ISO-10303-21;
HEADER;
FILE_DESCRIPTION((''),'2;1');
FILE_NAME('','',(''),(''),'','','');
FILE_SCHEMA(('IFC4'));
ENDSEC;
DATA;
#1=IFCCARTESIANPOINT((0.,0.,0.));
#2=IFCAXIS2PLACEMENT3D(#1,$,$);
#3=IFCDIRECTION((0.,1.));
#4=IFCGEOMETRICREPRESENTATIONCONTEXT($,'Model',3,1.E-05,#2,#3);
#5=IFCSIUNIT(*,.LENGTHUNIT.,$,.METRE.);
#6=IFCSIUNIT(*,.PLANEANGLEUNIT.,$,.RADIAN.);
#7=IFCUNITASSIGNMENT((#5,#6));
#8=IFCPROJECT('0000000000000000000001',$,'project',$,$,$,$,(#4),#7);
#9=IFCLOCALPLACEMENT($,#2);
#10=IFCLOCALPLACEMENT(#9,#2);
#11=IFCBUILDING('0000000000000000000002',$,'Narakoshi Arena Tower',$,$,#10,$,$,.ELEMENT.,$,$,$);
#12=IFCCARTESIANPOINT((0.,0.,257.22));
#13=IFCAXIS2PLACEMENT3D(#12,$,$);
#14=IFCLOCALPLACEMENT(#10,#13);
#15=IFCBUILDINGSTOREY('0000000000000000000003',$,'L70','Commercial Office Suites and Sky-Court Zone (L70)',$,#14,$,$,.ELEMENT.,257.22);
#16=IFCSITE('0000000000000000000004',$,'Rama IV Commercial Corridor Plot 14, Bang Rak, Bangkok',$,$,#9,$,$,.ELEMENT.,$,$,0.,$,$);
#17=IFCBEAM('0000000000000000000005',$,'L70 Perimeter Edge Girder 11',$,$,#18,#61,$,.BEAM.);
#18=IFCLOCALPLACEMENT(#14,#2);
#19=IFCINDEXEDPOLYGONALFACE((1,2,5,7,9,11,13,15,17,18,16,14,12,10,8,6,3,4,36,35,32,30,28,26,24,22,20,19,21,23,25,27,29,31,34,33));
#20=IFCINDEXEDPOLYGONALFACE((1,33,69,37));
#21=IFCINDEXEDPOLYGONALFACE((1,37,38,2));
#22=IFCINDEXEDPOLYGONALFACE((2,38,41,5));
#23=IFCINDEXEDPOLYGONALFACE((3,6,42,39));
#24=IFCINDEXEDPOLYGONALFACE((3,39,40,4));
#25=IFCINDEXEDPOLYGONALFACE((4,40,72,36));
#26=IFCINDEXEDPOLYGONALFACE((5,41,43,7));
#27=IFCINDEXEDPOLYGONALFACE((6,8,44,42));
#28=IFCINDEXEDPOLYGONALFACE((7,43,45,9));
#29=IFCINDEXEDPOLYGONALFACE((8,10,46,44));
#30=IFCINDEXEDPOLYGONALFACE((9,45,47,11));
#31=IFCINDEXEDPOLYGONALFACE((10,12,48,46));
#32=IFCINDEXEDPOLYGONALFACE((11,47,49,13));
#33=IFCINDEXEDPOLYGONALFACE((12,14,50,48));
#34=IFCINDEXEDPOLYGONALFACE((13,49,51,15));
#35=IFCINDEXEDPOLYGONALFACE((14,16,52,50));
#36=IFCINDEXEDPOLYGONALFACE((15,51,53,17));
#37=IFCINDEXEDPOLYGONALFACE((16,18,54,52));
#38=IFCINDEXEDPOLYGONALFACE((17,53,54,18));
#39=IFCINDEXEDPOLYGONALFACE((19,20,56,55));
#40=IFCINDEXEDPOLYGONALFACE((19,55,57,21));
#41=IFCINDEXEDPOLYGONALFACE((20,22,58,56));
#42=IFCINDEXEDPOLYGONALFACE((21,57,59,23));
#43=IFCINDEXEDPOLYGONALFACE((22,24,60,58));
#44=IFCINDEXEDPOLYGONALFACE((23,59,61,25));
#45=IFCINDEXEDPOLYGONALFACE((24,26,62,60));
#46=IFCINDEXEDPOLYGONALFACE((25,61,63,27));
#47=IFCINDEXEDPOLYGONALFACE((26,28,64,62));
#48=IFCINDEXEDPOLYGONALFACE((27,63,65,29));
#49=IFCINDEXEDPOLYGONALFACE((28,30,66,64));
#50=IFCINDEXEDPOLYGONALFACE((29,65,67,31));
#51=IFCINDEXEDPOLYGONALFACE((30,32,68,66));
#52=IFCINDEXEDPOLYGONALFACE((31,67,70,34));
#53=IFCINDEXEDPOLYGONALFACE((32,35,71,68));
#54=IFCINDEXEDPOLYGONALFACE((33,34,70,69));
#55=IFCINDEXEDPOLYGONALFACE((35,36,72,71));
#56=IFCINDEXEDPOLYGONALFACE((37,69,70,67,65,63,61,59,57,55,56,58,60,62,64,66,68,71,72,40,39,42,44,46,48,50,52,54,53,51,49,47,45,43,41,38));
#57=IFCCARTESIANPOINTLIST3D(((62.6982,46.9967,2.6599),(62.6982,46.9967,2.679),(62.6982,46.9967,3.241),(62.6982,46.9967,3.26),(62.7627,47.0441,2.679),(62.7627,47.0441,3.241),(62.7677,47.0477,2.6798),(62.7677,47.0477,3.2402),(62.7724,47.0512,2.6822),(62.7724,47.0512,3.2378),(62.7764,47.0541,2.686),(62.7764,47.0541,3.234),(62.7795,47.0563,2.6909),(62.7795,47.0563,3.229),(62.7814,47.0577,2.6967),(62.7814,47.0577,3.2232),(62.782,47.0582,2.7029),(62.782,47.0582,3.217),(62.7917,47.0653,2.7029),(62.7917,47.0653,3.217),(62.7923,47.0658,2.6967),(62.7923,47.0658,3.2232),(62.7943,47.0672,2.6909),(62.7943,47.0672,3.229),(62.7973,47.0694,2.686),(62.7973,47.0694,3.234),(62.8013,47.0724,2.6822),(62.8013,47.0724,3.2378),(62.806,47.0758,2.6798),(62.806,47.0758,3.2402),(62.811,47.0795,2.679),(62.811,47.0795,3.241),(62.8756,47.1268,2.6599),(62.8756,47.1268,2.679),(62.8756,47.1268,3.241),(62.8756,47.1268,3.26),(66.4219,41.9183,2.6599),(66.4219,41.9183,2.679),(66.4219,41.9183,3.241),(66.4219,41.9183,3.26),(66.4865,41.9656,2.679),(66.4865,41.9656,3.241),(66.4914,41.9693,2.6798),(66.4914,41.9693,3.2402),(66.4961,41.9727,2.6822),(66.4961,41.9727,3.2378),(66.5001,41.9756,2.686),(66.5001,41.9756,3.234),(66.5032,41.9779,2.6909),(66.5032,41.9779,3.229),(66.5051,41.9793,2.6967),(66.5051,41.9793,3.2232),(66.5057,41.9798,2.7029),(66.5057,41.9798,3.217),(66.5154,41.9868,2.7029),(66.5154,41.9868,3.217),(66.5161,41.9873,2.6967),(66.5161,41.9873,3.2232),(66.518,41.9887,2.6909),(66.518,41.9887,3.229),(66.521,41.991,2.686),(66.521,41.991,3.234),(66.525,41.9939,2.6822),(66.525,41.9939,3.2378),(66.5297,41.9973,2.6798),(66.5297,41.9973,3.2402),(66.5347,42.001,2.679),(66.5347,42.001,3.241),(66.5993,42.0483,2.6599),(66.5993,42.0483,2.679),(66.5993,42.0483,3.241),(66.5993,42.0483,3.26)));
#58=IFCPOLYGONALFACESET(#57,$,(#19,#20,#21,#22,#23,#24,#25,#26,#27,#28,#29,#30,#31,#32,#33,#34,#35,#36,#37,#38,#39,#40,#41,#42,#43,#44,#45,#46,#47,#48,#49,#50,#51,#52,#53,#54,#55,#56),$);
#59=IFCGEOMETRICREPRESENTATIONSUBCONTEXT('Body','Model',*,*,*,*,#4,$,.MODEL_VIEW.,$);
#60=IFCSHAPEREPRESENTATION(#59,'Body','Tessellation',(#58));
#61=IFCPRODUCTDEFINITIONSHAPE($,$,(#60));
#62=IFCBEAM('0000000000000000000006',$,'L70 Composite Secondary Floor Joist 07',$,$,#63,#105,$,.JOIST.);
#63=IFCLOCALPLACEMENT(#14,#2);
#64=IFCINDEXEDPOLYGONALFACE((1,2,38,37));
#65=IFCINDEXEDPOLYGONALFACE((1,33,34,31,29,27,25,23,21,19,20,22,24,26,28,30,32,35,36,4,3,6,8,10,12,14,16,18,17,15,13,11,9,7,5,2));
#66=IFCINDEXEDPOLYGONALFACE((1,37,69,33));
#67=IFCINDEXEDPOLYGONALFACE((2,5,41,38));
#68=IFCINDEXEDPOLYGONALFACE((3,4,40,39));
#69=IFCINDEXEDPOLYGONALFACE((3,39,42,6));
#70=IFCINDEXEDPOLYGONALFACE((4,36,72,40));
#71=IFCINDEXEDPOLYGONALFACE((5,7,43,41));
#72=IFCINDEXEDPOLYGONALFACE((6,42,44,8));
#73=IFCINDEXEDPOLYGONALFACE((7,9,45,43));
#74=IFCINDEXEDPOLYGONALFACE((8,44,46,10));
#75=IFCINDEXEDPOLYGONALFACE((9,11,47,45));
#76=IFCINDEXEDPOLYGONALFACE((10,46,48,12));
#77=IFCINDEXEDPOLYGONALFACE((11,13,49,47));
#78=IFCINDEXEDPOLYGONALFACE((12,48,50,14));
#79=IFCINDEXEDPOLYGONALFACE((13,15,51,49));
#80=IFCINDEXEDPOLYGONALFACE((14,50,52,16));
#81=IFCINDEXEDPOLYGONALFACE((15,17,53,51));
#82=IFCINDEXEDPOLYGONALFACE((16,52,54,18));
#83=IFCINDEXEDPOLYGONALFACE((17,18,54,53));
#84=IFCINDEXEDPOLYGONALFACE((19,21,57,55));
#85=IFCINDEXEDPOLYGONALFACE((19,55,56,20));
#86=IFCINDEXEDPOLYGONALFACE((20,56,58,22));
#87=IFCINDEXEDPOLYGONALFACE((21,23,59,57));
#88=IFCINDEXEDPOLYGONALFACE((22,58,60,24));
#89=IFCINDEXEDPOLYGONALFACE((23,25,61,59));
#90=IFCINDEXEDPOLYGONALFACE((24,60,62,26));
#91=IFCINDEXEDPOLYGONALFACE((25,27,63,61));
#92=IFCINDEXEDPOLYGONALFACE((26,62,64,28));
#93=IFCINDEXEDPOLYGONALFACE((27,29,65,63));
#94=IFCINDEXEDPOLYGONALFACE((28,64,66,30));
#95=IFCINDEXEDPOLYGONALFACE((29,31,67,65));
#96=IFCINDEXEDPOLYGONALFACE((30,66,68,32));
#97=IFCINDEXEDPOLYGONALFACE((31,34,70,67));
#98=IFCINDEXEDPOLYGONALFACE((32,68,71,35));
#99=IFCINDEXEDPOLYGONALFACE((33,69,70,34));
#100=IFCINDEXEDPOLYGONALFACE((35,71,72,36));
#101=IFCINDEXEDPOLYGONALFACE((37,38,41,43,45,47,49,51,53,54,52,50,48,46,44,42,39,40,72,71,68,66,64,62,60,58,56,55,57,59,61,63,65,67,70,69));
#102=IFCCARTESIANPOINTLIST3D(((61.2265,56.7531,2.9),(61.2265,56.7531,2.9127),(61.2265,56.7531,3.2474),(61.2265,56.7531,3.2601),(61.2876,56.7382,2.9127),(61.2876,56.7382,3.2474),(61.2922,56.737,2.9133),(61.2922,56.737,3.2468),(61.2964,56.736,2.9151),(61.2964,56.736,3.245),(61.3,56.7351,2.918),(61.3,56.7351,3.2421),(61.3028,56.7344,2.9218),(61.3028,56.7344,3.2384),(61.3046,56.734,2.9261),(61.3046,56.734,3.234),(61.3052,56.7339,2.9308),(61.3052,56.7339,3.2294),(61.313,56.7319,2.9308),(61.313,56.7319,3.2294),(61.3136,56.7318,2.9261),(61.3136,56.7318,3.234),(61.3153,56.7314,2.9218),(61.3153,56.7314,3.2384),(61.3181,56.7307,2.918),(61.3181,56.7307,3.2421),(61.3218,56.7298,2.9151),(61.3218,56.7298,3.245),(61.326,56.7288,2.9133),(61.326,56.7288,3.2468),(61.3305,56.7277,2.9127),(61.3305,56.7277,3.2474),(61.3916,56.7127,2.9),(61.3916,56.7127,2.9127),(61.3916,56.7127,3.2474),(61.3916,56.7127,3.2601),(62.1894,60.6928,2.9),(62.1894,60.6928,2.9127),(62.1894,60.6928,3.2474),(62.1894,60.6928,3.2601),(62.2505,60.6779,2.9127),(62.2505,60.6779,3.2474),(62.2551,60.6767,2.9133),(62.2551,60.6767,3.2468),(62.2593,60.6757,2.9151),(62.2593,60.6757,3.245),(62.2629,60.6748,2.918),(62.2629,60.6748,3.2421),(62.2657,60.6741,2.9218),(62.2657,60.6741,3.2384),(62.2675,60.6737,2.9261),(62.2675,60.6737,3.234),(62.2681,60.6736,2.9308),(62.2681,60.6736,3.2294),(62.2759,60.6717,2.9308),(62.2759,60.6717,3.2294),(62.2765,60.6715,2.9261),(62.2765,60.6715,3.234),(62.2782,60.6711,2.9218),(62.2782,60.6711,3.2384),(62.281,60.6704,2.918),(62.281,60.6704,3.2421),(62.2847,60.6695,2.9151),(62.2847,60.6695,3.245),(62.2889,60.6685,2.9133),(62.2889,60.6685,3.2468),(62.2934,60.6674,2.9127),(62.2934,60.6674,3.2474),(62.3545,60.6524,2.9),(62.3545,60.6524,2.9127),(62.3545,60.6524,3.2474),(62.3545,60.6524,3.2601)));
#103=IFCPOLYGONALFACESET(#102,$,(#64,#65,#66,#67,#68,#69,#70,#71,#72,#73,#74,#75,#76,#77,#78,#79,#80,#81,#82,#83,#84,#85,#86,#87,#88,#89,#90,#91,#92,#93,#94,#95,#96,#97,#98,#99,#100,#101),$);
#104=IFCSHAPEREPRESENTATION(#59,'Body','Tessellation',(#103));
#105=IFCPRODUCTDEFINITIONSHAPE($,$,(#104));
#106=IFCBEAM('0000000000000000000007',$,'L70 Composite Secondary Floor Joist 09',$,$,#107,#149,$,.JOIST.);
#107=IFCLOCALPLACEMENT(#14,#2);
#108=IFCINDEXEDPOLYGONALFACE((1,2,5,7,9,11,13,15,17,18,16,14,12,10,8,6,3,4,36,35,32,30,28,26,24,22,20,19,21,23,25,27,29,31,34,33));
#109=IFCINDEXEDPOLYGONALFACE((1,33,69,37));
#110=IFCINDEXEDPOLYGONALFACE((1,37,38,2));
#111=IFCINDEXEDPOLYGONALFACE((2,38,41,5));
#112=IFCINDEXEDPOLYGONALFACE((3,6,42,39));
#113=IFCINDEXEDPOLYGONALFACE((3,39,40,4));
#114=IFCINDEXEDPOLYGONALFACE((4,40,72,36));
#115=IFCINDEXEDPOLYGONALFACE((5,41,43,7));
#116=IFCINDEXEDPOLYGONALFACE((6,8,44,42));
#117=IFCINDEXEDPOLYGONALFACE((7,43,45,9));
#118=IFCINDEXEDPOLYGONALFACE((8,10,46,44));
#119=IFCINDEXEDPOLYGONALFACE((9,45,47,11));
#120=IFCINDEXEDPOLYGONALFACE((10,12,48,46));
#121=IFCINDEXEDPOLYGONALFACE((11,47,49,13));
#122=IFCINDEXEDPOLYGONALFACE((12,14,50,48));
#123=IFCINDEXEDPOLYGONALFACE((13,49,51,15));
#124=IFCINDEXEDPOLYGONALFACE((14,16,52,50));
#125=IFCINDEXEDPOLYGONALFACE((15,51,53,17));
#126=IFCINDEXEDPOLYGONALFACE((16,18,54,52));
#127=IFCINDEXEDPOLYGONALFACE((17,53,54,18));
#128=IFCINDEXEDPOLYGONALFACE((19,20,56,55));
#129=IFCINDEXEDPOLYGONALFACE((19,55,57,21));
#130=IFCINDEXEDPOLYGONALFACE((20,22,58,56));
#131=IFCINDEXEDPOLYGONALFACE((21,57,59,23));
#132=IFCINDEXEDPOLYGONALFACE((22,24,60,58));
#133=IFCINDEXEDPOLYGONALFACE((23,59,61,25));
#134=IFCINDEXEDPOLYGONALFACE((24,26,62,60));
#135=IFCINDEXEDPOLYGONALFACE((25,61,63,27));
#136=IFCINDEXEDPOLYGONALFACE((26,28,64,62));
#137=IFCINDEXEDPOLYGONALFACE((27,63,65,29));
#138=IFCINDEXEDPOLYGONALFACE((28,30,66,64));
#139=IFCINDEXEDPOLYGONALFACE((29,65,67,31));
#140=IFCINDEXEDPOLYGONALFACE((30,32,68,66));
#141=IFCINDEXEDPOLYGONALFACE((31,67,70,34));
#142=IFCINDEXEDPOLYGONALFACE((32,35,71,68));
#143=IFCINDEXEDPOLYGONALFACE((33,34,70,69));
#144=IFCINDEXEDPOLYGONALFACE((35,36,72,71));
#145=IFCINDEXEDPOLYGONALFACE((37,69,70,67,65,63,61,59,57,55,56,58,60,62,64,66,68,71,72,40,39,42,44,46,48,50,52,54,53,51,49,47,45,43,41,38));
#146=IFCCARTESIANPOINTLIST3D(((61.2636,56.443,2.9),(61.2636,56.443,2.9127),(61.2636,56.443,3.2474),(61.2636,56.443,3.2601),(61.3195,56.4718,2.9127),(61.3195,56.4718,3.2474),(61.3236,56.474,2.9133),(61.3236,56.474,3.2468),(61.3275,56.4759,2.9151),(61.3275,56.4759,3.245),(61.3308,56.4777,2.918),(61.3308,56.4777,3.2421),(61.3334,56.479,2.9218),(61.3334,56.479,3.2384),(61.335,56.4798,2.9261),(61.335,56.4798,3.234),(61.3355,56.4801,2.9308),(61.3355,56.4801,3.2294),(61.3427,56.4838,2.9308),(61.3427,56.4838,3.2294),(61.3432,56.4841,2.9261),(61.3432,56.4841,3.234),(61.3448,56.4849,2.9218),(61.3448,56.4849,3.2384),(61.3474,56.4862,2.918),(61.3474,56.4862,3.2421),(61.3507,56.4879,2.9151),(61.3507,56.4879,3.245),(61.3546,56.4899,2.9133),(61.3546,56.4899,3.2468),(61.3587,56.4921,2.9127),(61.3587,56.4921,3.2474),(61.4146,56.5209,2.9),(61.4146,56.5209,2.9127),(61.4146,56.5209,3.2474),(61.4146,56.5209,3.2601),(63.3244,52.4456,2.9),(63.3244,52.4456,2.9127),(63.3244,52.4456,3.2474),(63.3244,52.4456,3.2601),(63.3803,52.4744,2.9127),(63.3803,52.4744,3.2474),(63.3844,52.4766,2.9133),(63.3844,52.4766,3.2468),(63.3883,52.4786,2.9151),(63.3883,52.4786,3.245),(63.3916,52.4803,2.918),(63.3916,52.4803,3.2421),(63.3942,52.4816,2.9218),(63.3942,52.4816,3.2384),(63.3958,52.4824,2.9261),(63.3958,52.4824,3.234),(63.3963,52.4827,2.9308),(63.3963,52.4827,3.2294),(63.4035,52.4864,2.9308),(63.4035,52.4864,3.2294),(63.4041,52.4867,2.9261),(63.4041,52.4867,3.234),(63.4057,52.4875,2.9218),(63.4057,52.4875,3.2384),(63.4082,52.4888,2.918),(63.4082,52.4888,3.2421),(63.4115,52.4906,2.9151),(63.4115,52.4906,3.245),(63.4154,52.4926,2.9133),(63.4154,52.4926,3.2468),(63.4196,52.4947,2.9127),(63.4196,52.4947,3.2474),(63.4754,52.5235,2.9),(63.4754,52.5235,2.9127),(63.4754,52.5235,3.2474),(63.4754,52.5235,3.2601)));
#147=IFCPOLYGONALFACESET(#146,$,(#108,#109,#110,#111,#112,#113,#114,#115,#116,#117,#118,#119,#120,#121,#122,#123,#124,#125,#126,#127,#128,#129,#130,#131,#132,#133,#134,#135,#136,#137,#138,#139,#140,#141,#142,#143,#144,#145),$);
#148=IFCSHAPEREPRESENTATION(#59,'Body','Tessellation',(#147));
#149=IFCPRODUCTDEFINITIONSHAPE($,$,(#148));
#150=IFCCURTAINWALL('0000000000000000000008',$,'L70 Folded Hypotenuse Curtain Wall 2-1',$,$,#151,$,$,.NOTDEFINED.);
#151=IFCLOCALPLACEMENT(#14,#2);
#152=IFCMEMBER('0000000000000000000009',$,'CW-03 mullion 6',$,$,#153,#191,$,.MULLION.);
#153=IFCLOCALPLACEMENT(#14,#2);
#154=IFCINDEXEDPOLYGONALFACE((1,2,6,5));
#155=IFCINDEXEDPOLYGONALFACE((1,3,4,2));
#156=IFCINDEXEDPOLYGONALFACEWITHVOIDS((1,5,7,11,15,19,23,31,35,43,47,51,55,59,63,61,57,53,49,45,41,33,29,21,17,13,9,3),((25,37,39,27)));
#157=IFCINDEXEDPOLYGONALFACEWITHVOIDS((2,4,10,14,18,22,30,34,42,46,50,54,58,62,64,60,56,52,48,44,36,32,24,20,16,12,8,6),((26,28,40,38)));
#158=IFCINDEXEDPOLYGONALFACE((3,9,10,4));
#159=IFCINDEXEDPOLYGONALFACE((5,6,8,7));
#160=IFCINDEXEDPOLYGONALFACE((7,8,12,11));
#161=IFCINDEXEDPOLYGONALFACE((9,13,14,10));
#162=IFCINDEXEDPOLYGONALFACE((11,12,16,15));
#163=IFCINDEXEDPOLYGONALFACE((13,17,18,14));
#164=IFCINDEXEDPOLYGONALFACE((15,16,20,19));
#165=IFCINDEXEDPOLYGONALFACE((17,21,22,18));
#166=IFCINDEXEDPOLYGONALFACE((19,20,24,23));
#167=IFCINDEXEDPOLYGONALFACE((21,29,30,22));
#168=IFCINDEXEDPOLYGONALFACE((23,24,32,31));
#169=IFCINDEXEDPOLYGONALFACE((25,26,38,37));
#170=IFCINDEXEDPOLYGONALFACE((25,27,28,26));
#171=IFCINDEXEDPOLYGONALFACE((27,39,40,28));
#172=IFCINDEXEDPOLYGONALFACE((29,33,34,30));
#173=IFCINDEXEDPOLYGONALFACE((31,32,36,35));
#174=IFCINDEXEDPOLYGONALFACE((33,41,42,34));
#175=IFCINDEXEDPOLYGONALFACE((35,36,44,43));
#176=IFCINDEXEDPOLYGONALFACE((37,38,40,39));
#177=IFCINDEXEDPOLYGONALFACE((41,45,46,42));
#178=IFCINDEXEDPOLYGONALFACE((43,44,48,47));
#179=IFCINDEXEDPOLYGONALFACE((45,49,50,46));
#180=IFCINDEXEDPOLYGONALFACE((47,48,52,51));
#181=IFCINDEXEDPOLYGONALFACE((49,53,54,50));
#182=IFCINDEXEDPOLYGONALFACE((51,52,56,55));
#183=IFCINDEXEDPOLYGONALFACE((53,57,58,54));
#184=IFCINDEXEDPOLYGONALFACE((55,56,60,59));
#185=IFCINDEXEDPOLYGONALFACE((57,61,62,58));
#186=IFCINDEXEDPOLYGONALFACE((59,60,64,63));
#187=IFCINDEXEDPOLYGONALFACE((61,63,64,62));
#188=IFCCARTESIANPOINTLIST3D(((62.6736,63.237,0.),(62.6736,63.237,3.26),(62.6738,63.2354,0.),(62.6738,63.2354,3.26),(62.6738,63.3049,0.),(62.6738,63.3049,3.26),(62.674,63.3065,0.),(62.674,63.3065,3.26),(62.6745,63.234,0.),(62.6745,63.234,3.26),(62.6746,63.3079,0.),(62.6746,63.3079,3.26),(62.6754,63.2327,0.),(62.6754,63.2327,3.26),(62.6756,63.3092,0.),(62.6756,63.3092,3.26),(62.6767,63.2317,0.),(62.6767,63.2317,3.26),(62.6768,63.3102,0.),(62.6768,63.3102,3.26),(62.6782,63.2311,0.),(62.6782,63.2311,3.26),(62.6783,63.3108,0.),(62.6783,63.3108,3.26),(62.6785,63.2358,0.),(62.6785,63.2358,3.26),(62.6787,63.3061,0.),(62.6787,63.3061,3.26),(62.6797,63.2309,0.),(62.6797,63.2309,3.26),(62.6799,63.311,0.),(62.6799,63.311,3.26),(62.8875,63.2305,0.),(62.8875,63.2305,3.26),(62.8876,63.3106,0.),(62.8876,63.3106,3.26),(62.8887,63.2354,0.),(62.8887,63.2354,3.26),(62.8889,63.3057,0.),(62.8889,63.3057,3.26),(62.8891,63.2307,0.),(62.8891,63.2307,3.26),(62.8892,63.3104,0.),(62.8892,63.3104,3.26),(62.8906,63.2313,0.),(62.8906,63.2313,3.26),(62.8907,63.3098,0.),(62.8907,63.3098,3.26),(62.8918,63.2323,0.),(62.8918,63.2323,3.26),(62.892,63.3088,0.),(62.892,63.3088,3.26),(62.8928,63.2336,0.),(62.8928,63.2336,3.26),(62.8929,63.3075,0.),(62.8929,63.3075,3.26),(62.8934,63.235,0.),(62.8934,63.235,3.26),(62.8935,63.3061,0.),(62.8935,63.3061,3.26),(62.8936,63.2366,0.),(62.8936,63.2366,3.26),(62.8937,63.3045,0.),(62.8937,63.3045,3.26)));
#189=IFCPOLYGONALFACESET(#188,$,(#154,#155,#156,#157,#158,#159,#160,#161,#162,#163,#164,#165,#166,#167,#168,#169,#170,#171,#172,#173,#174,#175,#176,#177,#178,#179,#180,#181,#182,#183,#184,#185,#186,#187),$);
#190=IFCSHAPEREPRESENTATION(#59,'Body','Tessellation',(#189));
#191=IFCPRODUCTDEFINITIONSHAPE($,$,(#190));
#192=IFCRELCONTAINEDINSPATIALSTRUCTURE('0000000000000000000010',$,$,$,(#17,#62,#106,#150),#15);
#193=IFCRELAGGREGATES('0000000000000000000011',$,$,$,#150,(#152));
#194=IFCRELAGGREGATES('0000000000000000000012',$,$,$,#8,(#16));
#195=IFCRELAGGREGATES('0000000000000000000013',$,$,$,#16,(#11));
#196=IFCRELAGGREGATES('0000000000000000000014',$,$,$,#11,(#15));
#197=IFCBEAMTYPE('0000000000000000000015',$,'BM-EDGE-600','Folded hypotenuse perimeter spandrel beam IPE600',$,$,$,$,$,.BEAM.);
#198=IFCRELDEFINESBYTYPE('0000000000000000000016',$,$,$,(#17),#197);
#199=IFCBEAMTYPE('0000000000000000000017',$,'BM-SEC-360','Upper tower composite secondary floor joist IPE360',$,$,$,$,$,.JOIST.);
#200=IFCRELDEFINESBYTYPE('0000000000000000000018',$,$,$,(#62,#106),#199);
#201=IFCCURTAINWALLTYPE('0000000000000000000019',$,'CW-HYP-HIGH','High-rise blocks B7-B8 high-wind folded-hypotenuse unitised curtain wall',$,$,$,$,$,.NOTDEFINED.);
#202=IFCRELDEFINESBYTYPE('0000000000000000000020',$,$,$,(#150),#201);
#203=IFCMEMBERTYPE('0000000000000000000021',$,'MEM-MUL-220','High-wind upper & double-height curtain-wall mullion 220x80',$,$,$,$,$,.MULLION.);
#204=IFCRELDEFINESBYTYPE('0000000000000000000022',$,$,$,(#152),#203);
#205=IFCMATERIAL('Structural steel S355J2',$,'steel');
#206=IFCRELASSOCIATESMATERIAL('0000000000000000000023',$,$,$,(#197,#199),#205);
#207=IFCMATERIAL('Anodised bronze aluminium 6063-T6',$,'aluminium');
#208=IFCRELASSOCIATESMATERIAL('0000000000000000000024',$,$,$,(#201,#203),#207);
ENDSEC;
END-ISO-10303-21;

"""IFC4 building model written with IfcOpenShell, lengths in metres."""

from ifc_helpers import new_model, si_unit, direction, frame, origin, origin_2d, place, context, subcontext, project, spatial, hollow_rectangle, i_section, extrude, material, material_profile, profile_set, type_object, element, aggregate, save


model = new_model("IFC4")

# Units and contexts
model_context = context("Model", 3, precision=1e-05, world=origin(), true_north=direction((0.0, 1.0)))
body_context = subcontext(model_context, "Body", "Model", "MODEL_VIEW")
ifc_project = project(units=[si_unit("LENGTHUNIT", "METRE"), si_unit("PLANEANGLEUNIT", "RADIAN")], contexts=[model_context])

# Site, building, storey
site_placement = place(None, origin())
site = spatial("IfcSite", under=ifc_project, at=site_placement, Name="Rama IV Commercial Corridor Plot 14, Bang Rak, Bangkok", CompositionType="ELEMENT", RefElevation=0.0)
building_placement = place(site_placement, origin())
building = spatial("IfcBuilding", under=site, at=building_placement, Name="Narakoshi Arena Tower", CompositionType="ELEMENT")
storey_placement = place(building_placement, frame((0.0, 0.0, 257.22)))
storey = spatial("IfcBuildingStorey", under=building, at=storey_placement, Name="L70", Description="Commercial Office Suites and Sky-Court Zone (L70)", CompositionType="ELEMENT", Elevation=257.22)

# Beams
ifc_material_1 = material(Name="Structural steel S355J2", Category="steel")
ifc_material_profile_1 = material_profile(ifc_material_1, i_section(OverallWidth=0.22, OverallDepth=0.6001, WebThickness=0.012, FlangeThickness=0.019, FilletRadius=0.0239, at=origin_2d()), Name="IPE600")
ifc_profile_set_1 = profile_set([ifc_material_profile_1], Name="Structural steel S355J2")
beam_type_1 = type_object("IfcBeamType", Name="BM-EDGE-600", Description="Folded hypotenuse perimeter spandrel beam IPE600", PredefinedType="BEAM", material=ifc_profile_set_1)
for number, where, z_axis, x_axis, name in (
    (1, (62.7869, 47.0618, 2.96), (0.591312, -0.806443, 0.0), (0.806443, 0.591312, 0.0), "L70 Perimeter Edge Girder 11"),
):
    element("IfcBeam", number, at=place(storey_placement, frame(where, z_axis=z_axis, x_axis=x_axis)), inside=storey, type_object=beam_type_1, Name=name, PredefinedType="BEAM", context=body_context, shape_type="SweptSolid", body=[
        extrude(i_section(OverallWidth=0.22, OverallDepth=0.6001, WebThickness=0.012, FlangeThickness=0.019, FilletRadius=0.0239, at=origin_2d()), origin(), (0.0, 0.0, 1.0), 6.2974),
    ])
ifc_material_profile_2 = material_profile(ifc_material_1, i_section(OverallWidth=0.1699, OverallDepth=0.3601, WebThickness=0.0081, FlangeThickness=0.0127, FilletRadius=0.0181, at=origin_2d()), Name="IPE360")
ifc_profile_set_2 = profile_set([ifc_material_profile_2], Name="Structural steel S355J2")
beam_type_2 = type_object("IfcBeamType", Name="BM-SEC-360", Description="Upper tower composite secondary floor joist IPE360", PredefinedType="JOIST", material=ifc_profile_set_2)
beam_1_placement = place(storey_placement, frame((62.272, 60.6726, 3.0801), z_axis=(-0.237419, -0.971407, 0.0), x_axis=(0.971407, -0.237419, 0.0)))
element("IfcBeam", 2, at=beam_1_placement, inside=storey, type_object=beam_type_2, Name="L70 Composite Secondary Floor Joist 07", PredefinedType="JOIST", context=body_context, shape_type="SweptSolid", body=[
    extrude(i_section(OverallWidth=0.1699, OverallDepth=0.3601, WebThickness=0.0081, FlangeThickness=0.0127, FilletRadius=0.0181, at=origin_2d()), origin(), (0.0, 0.0, 1.0), 4.0557),
])
beam_2_placement = place(storey_placement, frame((61.3391, 56.4819, 3.0801), z_axis=(0.458232, -0.888833, 0.0), x_axis=(0.888833, 0.458232, 0.0)))
element("IfcBeam", 3, at=beam_2_placement, inside=storey, type_object=beam_type_2, Name="L70 Composite Secondary Floor Joist 09", PredefinedType="JOIST", context=body_context, shape_type="SweptSolid", body=[
    extrude(i_section(OverallWidth=0.1699, OverallDepth=0.3601, WebThickness=0.0081, FlangeThickness=0.0127, FilletRadius=0.0181, at=origin_2d()), origin(), (0.0, 0.0, 1.0), 4.4973),
])

# Curtain wall, member
ifc_material_2 = material(Name="Anodised bronze aluminium 6063-T6", Category="aluminium")
curtain_wall_type = type_object("IfcCurtainWallType", Name="CW-HYP-HIGH", Description="High-rise blocks B7-B8 high-wind folded-hypotenuse unitised curtain wall", PredefinedType="NOTDEFINED", material=ifc_material_2)
curtain_wall_placement = place(storey_placement, origin())
curtain_wall = element("IfcCurtainWall", 4, at=curtain_wall_placement, inside=storey, type_object=curtain_wall_type, Name="L70 Folded Hypotenuse Curtain Wall 2-1", PredefinedType="NOTDEFINED")
ifc_material_profile_3 = material_profile(ifc_material_2, hollow_rectangle(XDim=0.0801, YDim=0.22, WallThickness=0.0049, OuterFilletRadius=0.0061, at=origin_2d()), Name="MUL220x80x5")
ifc_profile_set_3 = profile_set([ifc_material_profile_3], Name="Anodised bronze aluminium 6063-T6")
member_type_1 = type_object("IfcMemberType", Name="MEM-MUL-220", Description="High-wind upper & double-height curtain-wall mullion 220x80", PredefinedType="MULLION", material=ifc_profile_set_3)
member_1_placement = place(storey_placement, frame((62.7837, 63.2708, 0.0), z_axis=(0.0, 0.0, 1.0), x_axis=(-0.00182, -0.999998, 0.0)))
member_1 = element("IfcMember", 5, at=member_1_placement, type_object=member_type_1, Name="CW-03 mullion 6", PredefinedType="MULLION", context=body_context, shape_type="SweptSolid", body=[
    extrude(hollow_rectangle(XDim=0.0801, YDim=0.22, WallThickness=0.0049, OuterFilletRadius=0.0061, at=origin_2d()), origin(), (0.0, 0.0, 1.0), 3.26),
])
aggregate(curtain_wall, [member_1])

save(model, "model.ifc")
